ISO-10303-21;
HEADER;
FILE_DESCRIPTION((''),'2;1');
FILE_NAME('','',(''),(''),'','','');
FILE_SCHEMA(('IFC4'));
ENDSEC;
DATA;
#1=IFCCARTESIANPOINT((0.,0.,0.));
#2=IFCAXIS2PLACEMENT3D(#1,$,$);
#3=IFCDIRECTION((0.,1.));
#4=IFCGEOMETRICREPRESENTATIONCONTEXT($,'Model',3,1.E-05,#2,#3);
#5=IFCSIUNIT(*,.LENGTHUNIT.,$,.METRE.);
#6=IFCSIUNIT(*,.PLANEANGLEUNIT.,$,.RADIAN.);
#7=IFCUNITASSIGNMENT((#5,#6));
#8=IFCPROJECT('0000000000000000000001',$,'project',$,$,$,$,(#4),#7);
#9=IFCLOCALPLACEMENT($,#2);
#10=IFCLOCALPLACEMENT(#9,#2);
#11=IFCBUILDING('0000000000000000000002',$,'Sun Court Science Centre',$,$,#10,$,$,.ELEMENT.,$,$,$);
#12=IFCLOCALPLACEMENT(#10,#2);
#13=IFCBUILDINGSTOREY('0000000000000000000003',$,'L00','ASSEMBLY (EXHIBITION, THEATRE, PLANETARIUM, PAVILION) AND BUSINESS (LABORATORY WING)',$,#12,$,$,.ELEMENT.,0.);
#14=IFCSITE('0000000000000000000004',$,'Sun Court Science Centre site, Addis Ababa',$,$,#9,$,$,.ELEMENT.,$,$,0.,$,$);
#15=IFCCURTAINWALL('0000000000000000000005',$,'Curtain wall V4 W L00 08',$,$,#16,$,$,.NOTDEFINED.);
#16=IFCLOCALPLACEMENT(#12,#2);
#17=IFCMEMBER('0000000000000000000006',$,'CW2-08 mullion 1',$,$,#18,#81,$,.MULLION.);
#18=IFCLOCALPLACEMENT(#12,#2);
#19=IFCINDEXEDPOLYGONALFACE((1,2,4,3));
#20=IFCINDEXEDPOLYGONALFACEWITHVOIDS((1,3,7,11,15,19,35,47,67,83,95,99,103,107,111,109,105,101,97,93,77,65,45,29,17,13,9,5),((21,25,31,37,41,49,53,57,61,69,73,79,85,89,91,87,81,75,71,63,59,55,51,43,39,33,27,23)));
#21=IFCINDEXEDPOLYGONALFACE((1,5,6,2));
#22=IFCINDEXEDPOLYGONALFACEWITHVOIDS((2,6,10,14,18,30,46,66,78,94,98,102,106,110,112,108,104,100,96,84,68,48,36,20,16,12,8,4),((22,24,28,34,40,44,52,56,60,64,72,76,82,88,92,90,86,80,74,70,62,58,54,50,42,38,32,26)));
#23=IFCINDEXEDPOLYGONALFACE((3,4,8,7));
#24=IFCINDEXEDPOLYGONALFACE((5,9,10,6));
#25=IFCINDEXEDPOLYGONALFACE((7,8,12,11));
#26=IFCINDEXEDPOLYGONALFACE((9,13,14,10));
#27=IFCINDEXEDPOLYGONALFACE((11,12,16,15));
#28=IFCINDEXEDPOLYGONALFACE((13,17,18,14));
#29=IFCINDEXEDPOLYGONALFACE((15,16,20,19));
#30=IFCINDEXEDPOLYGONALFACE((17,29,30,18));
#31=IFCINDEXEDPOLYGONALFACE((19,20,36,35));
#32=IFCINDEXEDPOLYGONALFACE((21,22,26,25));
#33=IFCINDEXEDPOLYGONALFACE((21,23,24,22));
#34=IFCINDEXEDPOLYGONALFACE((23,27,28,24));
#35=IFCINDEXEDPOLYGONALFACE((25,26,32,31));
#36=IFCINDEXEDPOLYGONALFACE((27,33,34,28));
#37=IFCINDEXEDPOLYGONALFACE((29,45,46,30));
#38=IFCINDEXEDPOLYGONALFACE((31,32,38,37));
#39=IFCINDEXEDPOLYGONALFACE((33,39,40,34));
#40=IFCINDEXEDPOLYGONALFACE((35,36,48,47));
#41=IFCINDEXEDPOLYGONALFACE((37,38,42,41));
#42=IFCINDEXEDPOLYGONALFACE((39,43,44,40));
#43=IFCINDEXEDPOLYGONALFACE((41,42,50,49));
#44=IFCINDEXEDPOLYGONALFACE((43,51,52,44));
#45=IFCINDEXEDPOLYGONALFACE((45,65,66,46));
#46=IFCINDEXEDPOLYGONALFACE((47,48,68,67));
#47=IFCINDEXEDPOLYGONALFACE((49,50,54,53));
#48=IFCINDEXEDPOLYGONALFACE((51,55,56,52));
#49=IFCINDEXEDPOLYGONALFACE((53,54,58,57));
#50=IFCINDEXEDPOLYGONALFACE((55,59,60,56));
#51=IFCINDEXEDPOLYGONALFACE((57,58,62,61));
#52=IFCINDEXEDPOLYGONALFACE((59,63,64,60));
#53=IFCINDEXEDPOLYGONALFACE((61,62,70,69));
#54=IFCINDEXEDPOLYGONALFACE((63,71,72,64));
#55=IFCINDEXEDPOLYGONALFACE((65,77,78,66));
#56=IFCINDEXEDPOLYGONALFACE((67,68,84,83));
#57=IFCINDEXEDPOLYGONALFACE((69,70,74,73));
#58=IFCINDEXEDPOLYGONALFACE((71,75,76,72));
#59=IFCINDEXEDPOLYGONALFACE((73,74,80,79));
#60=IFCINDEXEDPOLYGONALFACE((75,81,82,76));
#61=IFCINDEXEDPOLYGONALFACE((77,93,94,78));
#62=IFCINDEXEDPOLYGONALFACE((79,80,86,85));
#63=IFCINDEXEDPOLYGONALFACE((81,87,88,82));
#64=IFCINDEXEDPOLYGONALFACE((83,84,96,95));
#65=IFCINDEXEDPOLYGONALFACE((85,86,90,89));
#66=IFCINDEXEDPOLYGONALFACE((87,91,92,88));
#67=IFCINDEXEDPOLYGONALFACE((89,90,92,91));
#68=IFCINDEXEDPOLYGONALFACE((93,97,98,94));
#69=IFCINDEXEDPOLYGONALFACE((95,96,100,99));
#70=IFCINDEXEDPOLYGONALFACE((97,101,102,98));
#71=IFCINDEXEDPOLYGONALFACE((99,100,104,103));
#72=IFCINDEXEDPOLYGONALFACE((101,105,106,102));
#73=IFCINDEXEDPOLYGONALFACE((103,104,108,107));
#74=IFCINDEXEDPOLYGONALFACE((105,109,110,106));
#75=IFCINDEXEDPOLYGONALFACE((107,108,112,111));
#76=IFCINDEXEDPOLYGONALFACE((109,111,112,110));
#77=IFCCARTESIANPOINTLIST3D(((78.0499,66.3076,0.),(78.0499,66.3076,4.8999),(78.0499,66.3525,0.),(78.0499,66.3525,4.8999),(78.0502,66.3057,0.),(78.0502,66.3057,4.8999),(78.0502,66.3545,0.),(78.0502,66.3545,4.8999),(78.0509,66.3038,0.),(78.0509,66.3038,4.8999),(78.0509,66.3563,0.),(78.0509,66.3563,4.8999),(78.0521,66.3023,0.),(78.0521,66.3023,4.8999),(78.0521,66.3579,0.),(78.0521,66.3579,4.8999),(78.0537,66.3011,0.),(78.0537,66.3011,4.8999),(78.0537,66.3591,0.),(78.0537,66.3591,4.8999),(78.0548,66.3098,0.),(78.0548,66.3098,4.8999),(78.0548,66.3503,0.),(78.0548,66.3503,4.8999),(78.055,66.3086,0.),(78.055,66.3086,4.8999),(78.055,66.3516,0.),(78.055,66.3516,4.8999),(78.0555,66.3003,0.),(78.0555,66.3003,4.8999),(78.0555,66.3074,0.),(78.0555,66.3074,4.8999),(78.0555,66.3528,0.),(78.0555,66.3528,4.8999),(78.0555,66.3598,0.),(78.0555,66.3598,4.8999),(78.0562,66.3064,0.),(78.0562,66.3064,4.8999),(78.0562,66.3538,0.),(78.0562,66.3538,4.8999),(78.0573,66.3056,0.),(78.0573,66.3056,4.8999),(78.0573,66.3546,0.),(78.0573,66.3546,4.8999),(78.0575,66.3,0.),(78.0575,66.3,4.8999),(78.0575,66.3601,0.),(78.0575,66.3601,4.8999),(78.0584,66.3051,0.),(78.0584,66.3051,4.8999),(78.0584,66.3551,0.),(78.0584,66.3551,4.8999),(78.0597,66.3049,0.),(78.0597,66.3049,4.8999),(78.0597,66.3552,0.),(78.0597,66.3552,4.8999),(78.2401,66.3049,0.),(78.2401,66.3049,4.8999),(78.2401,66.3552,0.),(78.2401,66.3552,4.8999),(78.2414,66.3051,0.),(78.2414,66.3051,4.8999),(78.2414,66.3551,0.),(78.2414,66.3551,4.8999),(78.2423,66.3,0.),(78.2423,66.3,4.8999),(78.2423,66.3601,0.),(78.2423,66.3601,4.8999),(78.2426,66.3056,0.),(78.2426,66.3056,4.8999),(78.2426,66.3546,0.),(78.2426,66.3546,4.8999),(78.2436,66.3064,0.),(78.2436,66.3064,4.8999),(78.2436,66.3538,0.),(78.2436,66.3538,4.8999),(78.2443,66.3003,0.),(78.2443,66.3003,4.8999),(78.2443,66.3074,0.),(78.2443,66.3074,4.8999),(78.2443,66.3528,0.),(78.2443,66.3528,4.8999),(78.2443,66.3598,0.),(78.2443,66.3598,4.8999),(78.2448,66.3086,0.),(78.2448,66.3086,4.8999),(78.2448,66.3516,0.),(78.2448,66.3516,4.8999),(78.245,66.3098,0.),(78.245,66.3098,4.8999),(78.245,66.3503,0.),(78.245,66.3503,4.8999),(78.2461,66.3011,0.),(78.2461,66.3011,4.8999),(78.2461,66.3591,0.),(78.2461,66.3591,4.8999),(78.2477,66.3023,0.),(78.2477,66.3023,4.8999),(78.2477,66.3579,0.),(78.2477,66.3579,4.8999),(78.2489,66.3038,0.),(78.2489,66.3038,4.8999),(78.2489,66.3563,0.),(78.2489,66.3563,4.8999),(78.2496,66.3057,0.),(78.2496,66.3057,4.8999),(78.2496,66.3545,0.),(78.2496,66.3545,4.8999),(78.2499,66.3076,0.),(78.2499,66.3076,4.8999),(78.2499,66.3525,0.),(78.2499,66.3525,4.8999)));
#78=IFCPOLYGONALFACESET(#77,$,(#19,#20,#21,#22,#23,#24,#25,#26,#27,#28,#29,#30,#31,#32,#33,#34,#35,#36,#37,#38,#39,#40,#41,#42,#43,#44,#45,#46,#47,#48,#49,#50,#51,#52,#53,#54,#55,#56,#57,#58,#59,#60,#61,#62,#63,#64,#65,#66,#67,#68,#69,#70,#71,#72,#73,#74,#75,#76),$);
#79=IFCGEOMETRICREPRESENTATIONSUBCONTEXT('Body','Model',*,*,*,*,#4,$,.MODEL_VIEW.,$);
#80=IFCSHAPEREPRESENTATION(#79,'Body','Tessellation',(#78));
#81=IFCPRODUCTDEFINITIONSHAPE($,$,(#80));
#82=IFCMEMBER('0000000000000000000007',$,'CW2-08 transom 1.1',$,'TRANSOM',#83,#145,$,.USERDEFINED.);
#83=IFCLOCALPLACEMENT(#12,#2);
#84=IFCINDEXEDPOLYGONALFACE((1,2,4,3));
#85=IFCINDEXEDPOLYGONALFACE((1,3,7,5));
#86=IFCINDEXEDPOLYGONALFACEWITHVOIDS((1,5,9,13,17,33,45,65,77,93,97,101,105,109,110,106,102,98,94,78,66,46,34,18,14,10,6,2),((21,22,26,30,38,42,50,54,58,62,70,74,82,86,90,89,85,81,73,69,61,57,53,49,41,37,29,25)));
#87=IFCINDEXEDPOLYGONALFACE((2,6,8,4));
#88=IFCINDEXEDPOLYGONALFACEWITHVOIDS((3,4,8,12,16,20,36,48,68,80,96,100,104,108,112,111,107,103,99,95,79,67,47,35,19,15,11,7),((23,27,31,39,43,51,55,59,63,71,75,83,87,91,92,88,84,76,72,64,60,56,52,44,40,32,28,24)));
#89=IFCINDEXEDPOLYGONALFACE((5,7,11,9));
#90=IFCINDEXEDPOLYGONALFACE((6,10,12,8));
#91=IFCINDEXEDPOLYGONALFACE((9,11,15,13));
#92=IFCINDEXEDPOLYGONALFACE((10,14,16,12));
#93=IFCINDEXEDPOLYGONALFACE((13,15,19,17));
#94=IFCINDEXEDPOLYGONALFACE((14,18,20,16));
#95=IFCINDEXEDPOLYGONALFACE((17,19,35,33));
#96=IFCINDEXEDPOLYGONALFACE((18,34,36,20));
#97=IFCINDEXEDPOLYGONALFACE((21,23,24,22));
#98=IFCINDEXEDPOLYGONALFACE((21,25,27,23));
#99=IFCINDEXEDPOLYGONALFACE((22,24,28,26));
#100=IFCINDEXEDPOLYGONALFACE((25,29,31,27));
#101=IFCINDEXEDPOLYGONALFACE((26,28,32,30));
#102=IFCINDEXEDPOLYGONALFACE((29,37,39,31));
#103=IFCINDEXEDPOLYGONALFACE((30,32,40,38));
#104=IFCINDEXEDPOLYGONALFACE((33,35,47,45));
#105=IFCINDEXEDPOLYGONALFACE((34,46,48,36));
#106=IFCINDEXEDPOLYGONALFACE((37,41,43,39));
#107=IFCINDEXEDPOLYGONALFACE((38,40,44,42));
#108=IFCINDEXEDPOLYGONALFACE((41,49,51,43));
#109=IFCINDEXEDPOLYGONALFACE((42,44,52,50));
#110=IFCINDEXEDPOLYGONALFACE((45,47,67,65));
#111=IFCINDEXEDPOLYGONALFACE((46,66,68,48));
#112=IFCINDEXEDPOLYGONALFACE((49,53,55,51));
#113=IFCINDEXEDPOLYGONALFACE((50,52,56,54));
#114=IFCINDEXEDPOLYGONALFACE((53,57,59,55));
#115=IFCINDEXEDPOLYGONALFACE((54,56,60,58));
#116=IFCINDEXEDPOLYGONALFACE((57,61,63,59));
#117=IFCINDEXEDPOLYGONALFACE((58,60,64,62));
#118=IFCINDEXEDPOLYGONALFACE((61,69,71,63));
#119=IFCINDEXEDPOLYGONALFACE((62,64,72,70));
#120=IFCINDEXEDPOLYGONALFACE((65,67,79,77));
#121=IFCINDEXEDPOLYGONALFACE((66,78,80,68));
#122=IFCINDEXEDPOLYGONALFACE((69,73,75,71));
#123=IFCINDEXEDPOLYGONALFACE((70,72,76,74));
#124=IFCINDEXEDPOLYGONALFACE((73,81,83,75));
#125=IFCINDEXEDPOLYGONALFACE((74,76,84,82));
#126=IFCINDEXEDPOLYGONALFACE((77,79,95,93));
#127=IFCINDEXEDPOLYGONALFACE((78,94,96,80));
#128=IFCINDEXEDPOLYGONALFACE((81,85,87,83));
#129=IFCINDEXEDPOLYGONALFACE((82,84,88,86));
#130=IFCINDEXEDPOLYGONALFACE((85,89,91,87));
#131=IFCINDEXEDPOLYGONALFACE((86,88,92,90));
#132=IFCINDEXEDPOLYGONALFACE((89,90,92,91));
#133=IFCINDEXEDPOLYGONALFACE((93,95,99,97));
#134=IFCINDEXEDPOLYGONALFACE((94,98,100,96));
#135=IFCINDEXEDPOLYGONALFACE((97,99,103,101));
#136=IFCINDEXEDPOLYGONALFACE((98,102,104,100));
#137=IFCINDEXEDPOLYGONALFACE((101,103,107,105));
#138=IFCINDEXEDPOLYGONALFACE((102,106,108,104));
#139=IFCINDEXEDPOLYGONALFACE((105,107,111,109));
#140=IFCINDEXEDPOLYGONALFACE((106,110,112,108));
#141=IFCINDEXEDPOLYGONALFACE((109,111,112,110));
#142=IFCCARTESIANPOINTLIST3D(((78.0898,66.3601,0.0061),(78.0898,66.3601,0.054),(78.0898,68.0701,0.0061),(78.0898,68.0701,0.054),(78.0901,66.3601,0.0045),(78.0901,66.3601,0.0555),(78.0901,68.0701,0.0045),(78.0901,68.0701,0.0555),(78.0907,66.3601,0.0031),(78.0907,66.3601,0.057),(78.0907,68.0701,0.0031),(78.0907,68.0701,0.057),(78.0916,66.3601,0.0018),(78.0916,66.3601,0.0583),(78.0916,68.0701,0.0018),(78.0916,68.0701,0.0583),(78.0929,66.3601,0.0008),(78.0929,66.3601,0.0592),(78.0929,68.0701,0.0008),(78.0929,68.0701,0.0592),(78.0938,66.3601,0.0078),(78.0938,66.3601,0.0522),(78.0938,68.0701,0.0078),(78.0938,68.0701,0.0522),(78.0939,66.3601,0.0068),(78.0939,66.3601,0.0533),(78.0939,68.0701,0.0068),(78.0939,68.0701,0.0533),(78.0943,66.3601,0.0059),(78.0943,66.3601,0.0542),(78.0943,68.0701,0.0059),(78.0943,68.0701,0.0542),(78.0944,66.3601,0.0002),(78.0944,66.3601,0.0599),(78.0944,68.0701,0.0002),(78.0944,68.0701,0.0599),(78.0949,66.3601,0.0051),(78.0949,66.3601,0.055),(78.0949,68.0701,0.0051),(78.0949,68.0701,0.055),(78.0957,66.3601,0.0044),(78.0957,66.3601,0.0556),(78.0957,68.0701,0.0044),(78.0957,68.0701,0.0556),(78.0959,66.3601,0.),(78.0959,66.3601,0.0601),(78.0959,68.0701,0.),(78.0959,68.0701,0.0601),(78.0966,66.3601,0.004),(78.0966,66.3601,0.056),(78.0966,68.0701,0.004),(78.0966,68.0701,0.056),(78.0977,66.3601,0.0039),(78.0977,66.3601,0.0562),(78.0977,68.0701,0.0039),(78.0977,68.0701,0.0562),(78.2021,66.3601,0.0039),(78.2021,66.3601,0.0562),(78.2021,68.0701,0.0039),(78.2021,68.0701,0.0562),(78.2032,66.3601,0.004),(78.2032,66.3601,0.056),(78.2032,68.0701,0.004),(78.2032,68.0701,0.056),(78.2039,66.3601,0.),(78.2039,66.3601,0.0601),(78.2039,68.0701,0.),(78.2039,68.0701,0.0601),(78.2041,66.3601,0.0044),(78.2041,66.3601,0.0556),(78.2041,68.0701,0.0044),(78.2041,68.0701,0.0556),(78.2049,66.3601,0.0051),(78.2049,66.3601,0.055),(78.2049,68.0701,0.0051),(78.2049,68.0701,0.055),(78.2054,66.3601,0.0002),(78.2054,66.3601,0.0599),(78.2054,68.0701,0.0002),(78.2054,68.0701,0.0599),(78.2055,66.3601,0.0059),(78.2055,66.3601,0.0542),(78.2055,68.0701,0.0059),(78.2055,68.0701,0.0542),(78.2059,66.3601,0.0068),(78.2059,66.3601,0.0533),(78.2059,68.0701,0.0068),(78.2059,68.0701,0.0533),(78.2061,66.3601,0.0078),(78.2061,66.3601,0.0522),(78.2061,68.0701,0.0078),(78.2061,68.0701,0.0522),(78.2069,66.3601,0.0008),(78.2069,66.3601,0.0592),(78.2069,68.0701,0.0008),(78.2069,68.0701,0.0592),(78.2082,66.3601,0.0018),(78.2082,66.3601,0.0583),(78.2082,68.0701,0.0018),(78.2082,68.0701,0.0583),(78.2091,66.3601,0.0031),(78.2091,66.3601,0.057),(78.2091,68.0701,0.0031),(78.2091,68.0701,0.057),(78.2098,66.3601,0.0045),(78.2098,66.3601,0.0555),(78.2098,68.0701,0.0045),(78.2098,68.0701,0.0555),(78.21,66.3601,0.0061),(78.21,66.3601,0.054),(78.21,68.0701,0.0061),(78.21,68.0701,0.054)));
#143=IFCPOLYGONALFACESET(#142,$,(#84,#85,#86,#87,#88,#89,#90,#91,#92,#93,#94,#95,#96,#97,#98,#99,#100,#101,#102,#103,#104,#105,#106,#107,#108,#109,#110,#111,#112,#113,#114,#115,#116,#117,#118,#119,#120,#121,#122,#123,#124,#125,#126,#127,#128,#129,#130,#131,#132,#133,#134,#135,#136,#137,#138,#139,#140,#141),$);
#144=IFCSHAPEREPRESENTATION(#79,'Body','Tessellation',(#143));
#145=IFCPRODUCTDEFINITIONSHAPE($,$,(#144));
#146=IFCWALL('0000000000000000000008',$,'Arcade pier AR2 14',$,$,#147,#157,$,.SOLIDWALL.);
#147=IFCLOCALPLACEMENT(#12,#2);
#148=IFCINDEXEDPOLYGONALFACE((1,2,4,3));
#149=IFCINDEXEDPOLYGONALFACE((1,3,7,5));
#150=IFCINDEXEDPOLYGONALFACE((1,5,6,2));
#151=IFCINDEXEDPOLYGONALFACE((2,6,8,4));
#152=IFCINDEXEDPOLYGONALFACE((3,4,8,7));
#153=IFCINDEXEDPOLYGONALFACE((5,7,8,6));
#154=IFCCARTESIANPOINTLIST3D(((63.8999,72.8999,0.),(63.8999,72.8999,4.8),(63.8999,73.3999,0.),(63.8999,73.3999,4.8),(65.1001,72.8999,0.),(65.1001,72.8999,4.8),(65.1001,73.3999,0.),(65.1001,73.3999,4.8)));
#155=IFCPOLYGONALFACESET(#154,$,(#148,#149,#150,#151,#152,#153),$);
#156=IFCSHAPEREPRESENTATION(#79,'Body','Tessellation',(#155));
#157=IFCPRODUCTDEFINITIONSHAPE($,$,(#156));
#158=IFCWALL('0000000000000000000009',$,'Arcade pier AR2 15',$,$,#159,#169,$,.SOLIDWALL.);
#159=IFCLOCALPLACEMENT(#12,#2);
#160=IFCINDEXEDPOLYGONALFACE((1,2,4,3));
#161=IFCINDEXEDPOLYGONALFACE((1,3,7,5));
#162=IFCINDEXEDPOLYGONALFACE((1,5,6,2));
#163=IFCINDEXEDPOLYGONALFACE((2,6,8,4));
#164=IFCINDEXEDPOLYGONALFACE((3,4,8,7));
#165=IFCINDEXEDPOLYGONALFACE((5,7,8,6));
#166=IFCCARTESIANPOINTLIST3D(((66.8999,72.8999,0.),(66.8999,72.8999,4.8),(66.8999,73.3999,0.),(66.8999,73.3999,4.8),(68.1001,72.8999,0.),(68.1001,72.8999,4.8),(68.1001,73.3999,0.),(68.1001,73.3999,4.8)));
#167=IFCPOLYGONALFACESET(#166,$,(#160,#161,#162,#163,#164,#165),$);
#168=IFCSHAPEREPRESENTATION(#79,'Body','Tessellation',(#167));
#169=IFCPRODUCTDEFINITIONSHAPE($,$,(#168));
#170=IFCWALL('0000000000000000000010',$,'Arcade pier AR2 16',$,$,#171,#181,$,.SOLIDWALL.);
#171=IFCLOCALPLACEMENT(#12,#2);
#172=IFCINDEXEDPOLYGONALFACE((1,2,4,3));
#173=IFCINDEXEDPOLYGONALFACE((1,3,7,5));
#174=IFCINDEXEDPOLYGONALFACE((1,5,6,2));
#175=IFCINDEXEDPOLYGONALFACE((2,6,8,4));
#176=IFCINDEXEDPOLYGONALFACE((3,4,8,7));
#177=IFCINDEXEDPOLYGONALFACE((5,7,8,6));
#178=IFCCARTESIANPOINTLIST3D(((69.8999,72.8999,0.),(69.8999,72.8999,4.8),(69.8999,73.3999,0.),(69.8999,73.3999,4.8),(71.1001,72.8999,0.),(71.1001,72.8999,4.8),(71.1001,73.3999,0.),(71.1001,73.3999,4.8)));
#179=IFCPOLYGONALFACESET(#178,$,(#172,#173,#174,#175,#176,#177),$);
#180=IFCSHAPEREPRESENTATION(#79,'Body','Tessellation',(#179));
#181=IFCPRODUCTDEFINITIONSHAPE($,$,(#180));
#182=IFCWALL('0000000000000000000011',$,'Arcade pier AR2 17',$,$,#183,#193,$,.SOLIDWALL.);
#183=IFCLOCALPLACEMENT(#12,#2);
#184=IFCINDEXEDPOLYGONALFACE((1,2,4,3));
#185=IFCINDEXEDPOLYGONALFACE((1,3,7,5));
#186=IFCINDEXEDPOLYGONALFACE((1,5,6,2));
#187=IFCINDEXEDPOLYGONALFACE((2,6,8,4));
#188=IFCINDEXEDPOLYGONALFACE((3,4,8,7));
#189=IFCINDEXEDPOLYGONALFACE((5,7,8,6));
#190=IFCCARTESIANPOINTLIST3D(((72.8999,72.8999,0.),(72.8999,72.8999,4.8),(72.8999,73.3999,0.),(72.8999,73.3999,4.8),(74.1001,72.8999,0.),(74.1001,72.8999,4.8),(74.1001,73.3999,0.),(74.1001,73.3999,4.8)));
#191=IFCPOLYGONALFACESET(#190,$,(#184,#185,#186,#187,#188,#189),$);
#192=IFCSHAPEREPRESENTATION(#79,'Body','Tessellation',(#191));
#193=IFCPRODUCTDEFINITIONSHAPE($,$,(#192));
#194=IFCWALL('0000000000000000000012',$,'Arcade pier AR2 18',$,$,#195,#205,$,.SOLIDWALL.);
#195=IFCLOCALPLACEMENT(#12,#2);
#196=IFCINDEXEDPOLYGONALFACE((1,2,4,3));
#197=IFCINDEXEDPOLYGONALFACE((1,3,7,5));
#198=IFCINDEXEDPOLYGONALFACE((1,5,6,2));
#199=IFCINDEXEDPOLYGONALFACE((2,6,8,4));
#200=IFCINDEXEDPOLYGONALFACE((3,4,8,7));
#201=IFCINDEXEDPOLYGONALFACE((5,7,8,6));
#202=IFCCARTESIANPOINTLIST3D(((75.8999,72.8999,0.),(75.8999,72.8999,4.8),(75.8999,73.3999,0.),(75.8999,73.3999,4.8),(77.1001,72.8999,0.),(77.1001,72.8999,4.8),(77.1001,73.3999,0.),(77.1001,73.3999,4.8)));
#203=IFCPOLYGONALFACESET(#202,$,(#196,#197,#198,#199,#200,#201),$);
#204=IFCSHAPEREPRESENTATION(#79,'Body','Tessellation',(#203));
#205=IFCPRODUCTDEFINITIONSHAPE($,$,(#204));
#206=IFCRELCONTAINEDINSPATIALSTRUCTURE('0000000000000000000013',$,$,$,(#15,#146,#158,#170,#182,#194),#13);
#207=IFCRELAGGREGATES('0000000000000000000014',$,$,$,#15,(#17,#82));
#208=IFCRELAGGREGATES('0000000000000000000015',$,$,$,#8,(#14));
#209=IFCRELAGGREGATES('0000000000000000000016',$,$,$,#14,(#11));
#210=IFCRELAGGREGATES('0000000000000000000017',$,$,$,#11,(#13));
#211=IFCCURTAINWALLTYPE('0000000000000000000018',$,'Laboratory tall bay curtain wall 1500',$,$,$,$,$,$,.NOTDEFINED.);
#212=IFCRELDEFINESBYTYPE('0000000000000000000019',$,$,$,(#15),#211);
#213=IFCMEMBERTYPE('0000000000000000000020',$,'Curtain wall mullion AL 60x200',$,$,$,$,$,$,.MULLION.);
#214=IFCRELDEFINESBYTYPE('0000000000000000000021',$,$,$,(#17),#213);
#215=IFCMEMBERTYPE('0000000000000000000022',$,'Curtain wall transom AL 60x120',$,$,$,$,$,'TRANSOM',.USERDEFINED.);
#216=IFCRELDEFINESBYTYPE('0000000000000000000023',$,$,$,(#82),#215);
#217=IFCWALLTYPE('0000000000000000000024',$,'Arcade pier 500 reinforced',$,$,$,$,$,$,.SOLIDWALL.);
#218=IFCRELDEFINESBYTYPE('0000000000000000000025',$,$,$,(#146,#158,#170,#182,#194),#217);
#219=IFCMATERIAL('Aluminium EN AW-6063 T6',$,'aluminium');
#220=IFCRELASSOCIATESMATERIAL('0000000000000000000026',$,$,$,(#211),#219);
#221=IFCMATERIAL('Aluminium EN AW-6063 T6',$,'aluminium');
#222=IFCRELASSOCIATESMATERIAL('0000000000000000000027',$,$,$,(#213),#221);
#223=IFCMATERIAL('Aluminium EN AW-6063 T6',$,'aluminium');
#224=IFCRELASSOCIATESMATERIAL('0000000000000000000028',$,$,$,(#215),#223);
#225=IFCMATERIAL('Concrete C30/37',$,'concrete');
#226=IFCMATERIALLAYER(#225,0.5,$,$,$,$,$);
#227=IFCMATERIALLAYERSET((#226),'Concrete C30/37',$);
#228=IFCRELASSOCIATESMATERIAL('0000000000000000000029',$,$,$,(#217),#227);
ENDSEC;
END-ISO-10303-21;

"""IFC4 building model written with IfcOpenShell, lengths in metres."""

from ifc_helpers import new_model, si_unit, direction, frame, frame_2d, origin, origin_2d, place, context, subcontext, project, spatial, rectangle, hollow_rectangle, extrude, material, layer, layer_set, material_profile, profile_set, type_object, element, aggregate, save


model = new_model("IFC4")

# Units and contexts
model_context = context("Model", 3, precision=1e-05, world=origin(), true_north=direction((0.0, 1.0)))
body_context = subcontext(model_context, "Body", "Model", "MODEL_VIEW")
ifc_project = project(units=[si_unit("LENGTHUNIT", "METRE"), si_unit("PLANEANGLEUNIT", "RADIAN")], contexts=[model_context])

# Site, building, storey
site_placement = place(None, origin())
site = spatial("IfcSite", under=ifc_project, at=site_placement, Name="Sun Court Science Centre site, Addis Ababa", CompositionType="ELEMENT", RefElevation=0.0)
building_placement = place(site_placement, origin())
building = spatial("IfcBuilding", under=site, at=building_placement, Name="Sun Court Science Centre", CompositionType="ELEMENT")
storey_placement = place(building_placement, origin())
storey = spatial("IfcBuildingStorey", under=building, at=storey_placement, Name="L00", Description="ASSEMBLY (EXHIBITION, THEATRE, PLANETARIUM, PAVILION) AND BUSINESS (LABORATORY WING)", CompositionType="ELEMENT", Elevation=0.0)

# Curtain wall, members
ifc_material_1 = material(Name="Aluminium EN AW-6063 T6", Category="aluminium")
curtain_wall_type = type_object("IfcCurtainWallType", Name="Laboratory tall bay curtain wall 1500", PredefinedType="NOTDEFINED", material=ifc_material_1)
curtain_wall_placement = place(storey_placement, origin())
curtain_wall = element("IfcCurtainWall", 1, at=curtain_wall_placement, inside=storey, type_object=curtain_wall_type, Name="Curtain wall V4 W L00 08", PredefinedType="NOTDEFINED")
ifc_material_2 = material(Name="Aluminium EN AW-6063 T6", Category="aluminium")
ifc_material_profile_1 = material_profile(ifc_material_2, hollow_rectangle(XDim=0.0601, YDim=0.2, WallThickness=0.0049, InnerFilletRadius=0.0049, OuterFilletRadius=0.0076, at=origin_2d()), Name="AL 60x200x5")
ifc_profile_set_1 = profile_set([ifc_material_profile_1], Name="Aluminium EN AW-6063 T6")
member_type_1 = type_object("IfcMemberType", Name="Curtain wall mullion AL 60x200", PredefinedType="MULLION", material=ifc_profile_set_1)
member_1_placement = place(storey_placement, frame((78.1499, 66.3301, 0.0), z_axis=(0.0, 0.0, 1.0), x_axis=(0.0, 1.0, 0.0)))
member_1 = element("IfcMember", 2, at=member_1_placement, type_object=member_type_1, Name="CW2-08 mullion 1", PredefinedType="MULLION", context=body_context, shape_type="SweptSolid", body=[
    extrude(hollow_rectangle(XDim=0.0601, YDim=0.2, WallThickness=0.0049, InnerFilletRadius=0.0049, OuterFilletRadius=0.0076, at=origin_2d()), origin(), (0.0, 0.0, 1.0), 4.8999),
])
ifc_material_3 = material(Name="Aluminium EN AW-6063 T6", Category="aluminium")
ifc_material_profile_2 = material_profile(ifc_material_3, hollow_rectangle(XDim=0.0601, YDim=0.1201, WallThickness=0.0039, InnerFilletRadius=0.0039, OuterFilletRadius=0.0061, at=origin_2d()), Name="AL 60x120x4")
ifc_profile_set_2 = profile_set([ifc_material_profile_2], Name="Aluminium EN AW-6063 T6")
member_type_2 = type_object("IfcMemberType", Name="Curtain wall transom AL 60x120", ElementType="TRANSOM", PredefinedType="USERDEFINED", material=ifc_profile_set_2)
member_2_placement = place(storey_placement, frame((78.1499, 66.3601, 0.03), z_axis=(0.0, 1.0, 0.0), x_axis=(0.0, 0.0, 1.0)))
member_2 = element("IfcMember", 3, at=member_2_placement, type_object=member_type_2, Name="CW2-08 transom 1.1", ObjectType="TRANSOM", PredefinedType="USERDEFINED", context=body_context, shape_type="SweptSolid", body=[
    extrude(hollow_rectangle(XDim=0.0601, YDim=0.1201, WallThickness=0.0039, InnerFilletRadius=0.0039, OuterFilletRadius=0.0061, at=origin_2d()), origin(), (0.0, 0.0, 1.0), 1.71),
])
aggregate(curtain_wall, [member_1, member_2])

# Walls
ifc_material_4 = material(Name="Concrete C30/37", Category="concrete")
ifc_layer_1 = layer(ifc_material_4, 0.5)
ifc_layer_set_1 = layer_set([ifc_layer_1], Name="Concrete C30/37")
wall_type_1 = type_object("IfcWallType", Name="Arcade pier 500 reinforced", PredefinedType="SOLIDWALL", material=ifc_layer_set_1)
for number, where, z_axis, x_axis, name in (
    (4, (63.8999, 73.1499, 0.0), (0.0, 0.0, 1.0), (1.0, 0.0, 0.0), "Arcade pier AR2 14"),
    (5, (66.8999, 73.1499, 0.0), (0.0, 0.0, 1.0), (1.0, 0.0, 0.0), "Arcade pier AR2 15"),
    (6, (69.8999, 73.1499, 0.0), (0.0, 0.0, 1.0), (1.0, 0.0, 0.0), "Arcade pier AR2 16"),
    (7, (72.8999, 73.1499, 0.0), (0.0, 0.0, 1.0), (1.0, 0.0, 0.0), "Arcade pier AR2 17"),
    (8, (75.8999, 73.1499, 0.0), (0.0, 0.0, 1.0), (1.0, 0.0, 0.0), "Arcade pier AR2 18"),
):
    element("IfcWall", number, at=place(storey_placement, frame(where, z_axis=z_axis, x_axis=x_axis)), inside=storey, type_object=wall_type_1, Name=name, PredefinedType="SOLIDWALL", context=body_context, shape_type="SweptSolid", body=[
        extrude(rectangle(XDim=1.2002, YDim=0.5, at=frame_2d((0.6001, 0.0))), origin(), (0.0, 0.0, 1.0), 4.8),
    ])

save(model, "model.ifc")
